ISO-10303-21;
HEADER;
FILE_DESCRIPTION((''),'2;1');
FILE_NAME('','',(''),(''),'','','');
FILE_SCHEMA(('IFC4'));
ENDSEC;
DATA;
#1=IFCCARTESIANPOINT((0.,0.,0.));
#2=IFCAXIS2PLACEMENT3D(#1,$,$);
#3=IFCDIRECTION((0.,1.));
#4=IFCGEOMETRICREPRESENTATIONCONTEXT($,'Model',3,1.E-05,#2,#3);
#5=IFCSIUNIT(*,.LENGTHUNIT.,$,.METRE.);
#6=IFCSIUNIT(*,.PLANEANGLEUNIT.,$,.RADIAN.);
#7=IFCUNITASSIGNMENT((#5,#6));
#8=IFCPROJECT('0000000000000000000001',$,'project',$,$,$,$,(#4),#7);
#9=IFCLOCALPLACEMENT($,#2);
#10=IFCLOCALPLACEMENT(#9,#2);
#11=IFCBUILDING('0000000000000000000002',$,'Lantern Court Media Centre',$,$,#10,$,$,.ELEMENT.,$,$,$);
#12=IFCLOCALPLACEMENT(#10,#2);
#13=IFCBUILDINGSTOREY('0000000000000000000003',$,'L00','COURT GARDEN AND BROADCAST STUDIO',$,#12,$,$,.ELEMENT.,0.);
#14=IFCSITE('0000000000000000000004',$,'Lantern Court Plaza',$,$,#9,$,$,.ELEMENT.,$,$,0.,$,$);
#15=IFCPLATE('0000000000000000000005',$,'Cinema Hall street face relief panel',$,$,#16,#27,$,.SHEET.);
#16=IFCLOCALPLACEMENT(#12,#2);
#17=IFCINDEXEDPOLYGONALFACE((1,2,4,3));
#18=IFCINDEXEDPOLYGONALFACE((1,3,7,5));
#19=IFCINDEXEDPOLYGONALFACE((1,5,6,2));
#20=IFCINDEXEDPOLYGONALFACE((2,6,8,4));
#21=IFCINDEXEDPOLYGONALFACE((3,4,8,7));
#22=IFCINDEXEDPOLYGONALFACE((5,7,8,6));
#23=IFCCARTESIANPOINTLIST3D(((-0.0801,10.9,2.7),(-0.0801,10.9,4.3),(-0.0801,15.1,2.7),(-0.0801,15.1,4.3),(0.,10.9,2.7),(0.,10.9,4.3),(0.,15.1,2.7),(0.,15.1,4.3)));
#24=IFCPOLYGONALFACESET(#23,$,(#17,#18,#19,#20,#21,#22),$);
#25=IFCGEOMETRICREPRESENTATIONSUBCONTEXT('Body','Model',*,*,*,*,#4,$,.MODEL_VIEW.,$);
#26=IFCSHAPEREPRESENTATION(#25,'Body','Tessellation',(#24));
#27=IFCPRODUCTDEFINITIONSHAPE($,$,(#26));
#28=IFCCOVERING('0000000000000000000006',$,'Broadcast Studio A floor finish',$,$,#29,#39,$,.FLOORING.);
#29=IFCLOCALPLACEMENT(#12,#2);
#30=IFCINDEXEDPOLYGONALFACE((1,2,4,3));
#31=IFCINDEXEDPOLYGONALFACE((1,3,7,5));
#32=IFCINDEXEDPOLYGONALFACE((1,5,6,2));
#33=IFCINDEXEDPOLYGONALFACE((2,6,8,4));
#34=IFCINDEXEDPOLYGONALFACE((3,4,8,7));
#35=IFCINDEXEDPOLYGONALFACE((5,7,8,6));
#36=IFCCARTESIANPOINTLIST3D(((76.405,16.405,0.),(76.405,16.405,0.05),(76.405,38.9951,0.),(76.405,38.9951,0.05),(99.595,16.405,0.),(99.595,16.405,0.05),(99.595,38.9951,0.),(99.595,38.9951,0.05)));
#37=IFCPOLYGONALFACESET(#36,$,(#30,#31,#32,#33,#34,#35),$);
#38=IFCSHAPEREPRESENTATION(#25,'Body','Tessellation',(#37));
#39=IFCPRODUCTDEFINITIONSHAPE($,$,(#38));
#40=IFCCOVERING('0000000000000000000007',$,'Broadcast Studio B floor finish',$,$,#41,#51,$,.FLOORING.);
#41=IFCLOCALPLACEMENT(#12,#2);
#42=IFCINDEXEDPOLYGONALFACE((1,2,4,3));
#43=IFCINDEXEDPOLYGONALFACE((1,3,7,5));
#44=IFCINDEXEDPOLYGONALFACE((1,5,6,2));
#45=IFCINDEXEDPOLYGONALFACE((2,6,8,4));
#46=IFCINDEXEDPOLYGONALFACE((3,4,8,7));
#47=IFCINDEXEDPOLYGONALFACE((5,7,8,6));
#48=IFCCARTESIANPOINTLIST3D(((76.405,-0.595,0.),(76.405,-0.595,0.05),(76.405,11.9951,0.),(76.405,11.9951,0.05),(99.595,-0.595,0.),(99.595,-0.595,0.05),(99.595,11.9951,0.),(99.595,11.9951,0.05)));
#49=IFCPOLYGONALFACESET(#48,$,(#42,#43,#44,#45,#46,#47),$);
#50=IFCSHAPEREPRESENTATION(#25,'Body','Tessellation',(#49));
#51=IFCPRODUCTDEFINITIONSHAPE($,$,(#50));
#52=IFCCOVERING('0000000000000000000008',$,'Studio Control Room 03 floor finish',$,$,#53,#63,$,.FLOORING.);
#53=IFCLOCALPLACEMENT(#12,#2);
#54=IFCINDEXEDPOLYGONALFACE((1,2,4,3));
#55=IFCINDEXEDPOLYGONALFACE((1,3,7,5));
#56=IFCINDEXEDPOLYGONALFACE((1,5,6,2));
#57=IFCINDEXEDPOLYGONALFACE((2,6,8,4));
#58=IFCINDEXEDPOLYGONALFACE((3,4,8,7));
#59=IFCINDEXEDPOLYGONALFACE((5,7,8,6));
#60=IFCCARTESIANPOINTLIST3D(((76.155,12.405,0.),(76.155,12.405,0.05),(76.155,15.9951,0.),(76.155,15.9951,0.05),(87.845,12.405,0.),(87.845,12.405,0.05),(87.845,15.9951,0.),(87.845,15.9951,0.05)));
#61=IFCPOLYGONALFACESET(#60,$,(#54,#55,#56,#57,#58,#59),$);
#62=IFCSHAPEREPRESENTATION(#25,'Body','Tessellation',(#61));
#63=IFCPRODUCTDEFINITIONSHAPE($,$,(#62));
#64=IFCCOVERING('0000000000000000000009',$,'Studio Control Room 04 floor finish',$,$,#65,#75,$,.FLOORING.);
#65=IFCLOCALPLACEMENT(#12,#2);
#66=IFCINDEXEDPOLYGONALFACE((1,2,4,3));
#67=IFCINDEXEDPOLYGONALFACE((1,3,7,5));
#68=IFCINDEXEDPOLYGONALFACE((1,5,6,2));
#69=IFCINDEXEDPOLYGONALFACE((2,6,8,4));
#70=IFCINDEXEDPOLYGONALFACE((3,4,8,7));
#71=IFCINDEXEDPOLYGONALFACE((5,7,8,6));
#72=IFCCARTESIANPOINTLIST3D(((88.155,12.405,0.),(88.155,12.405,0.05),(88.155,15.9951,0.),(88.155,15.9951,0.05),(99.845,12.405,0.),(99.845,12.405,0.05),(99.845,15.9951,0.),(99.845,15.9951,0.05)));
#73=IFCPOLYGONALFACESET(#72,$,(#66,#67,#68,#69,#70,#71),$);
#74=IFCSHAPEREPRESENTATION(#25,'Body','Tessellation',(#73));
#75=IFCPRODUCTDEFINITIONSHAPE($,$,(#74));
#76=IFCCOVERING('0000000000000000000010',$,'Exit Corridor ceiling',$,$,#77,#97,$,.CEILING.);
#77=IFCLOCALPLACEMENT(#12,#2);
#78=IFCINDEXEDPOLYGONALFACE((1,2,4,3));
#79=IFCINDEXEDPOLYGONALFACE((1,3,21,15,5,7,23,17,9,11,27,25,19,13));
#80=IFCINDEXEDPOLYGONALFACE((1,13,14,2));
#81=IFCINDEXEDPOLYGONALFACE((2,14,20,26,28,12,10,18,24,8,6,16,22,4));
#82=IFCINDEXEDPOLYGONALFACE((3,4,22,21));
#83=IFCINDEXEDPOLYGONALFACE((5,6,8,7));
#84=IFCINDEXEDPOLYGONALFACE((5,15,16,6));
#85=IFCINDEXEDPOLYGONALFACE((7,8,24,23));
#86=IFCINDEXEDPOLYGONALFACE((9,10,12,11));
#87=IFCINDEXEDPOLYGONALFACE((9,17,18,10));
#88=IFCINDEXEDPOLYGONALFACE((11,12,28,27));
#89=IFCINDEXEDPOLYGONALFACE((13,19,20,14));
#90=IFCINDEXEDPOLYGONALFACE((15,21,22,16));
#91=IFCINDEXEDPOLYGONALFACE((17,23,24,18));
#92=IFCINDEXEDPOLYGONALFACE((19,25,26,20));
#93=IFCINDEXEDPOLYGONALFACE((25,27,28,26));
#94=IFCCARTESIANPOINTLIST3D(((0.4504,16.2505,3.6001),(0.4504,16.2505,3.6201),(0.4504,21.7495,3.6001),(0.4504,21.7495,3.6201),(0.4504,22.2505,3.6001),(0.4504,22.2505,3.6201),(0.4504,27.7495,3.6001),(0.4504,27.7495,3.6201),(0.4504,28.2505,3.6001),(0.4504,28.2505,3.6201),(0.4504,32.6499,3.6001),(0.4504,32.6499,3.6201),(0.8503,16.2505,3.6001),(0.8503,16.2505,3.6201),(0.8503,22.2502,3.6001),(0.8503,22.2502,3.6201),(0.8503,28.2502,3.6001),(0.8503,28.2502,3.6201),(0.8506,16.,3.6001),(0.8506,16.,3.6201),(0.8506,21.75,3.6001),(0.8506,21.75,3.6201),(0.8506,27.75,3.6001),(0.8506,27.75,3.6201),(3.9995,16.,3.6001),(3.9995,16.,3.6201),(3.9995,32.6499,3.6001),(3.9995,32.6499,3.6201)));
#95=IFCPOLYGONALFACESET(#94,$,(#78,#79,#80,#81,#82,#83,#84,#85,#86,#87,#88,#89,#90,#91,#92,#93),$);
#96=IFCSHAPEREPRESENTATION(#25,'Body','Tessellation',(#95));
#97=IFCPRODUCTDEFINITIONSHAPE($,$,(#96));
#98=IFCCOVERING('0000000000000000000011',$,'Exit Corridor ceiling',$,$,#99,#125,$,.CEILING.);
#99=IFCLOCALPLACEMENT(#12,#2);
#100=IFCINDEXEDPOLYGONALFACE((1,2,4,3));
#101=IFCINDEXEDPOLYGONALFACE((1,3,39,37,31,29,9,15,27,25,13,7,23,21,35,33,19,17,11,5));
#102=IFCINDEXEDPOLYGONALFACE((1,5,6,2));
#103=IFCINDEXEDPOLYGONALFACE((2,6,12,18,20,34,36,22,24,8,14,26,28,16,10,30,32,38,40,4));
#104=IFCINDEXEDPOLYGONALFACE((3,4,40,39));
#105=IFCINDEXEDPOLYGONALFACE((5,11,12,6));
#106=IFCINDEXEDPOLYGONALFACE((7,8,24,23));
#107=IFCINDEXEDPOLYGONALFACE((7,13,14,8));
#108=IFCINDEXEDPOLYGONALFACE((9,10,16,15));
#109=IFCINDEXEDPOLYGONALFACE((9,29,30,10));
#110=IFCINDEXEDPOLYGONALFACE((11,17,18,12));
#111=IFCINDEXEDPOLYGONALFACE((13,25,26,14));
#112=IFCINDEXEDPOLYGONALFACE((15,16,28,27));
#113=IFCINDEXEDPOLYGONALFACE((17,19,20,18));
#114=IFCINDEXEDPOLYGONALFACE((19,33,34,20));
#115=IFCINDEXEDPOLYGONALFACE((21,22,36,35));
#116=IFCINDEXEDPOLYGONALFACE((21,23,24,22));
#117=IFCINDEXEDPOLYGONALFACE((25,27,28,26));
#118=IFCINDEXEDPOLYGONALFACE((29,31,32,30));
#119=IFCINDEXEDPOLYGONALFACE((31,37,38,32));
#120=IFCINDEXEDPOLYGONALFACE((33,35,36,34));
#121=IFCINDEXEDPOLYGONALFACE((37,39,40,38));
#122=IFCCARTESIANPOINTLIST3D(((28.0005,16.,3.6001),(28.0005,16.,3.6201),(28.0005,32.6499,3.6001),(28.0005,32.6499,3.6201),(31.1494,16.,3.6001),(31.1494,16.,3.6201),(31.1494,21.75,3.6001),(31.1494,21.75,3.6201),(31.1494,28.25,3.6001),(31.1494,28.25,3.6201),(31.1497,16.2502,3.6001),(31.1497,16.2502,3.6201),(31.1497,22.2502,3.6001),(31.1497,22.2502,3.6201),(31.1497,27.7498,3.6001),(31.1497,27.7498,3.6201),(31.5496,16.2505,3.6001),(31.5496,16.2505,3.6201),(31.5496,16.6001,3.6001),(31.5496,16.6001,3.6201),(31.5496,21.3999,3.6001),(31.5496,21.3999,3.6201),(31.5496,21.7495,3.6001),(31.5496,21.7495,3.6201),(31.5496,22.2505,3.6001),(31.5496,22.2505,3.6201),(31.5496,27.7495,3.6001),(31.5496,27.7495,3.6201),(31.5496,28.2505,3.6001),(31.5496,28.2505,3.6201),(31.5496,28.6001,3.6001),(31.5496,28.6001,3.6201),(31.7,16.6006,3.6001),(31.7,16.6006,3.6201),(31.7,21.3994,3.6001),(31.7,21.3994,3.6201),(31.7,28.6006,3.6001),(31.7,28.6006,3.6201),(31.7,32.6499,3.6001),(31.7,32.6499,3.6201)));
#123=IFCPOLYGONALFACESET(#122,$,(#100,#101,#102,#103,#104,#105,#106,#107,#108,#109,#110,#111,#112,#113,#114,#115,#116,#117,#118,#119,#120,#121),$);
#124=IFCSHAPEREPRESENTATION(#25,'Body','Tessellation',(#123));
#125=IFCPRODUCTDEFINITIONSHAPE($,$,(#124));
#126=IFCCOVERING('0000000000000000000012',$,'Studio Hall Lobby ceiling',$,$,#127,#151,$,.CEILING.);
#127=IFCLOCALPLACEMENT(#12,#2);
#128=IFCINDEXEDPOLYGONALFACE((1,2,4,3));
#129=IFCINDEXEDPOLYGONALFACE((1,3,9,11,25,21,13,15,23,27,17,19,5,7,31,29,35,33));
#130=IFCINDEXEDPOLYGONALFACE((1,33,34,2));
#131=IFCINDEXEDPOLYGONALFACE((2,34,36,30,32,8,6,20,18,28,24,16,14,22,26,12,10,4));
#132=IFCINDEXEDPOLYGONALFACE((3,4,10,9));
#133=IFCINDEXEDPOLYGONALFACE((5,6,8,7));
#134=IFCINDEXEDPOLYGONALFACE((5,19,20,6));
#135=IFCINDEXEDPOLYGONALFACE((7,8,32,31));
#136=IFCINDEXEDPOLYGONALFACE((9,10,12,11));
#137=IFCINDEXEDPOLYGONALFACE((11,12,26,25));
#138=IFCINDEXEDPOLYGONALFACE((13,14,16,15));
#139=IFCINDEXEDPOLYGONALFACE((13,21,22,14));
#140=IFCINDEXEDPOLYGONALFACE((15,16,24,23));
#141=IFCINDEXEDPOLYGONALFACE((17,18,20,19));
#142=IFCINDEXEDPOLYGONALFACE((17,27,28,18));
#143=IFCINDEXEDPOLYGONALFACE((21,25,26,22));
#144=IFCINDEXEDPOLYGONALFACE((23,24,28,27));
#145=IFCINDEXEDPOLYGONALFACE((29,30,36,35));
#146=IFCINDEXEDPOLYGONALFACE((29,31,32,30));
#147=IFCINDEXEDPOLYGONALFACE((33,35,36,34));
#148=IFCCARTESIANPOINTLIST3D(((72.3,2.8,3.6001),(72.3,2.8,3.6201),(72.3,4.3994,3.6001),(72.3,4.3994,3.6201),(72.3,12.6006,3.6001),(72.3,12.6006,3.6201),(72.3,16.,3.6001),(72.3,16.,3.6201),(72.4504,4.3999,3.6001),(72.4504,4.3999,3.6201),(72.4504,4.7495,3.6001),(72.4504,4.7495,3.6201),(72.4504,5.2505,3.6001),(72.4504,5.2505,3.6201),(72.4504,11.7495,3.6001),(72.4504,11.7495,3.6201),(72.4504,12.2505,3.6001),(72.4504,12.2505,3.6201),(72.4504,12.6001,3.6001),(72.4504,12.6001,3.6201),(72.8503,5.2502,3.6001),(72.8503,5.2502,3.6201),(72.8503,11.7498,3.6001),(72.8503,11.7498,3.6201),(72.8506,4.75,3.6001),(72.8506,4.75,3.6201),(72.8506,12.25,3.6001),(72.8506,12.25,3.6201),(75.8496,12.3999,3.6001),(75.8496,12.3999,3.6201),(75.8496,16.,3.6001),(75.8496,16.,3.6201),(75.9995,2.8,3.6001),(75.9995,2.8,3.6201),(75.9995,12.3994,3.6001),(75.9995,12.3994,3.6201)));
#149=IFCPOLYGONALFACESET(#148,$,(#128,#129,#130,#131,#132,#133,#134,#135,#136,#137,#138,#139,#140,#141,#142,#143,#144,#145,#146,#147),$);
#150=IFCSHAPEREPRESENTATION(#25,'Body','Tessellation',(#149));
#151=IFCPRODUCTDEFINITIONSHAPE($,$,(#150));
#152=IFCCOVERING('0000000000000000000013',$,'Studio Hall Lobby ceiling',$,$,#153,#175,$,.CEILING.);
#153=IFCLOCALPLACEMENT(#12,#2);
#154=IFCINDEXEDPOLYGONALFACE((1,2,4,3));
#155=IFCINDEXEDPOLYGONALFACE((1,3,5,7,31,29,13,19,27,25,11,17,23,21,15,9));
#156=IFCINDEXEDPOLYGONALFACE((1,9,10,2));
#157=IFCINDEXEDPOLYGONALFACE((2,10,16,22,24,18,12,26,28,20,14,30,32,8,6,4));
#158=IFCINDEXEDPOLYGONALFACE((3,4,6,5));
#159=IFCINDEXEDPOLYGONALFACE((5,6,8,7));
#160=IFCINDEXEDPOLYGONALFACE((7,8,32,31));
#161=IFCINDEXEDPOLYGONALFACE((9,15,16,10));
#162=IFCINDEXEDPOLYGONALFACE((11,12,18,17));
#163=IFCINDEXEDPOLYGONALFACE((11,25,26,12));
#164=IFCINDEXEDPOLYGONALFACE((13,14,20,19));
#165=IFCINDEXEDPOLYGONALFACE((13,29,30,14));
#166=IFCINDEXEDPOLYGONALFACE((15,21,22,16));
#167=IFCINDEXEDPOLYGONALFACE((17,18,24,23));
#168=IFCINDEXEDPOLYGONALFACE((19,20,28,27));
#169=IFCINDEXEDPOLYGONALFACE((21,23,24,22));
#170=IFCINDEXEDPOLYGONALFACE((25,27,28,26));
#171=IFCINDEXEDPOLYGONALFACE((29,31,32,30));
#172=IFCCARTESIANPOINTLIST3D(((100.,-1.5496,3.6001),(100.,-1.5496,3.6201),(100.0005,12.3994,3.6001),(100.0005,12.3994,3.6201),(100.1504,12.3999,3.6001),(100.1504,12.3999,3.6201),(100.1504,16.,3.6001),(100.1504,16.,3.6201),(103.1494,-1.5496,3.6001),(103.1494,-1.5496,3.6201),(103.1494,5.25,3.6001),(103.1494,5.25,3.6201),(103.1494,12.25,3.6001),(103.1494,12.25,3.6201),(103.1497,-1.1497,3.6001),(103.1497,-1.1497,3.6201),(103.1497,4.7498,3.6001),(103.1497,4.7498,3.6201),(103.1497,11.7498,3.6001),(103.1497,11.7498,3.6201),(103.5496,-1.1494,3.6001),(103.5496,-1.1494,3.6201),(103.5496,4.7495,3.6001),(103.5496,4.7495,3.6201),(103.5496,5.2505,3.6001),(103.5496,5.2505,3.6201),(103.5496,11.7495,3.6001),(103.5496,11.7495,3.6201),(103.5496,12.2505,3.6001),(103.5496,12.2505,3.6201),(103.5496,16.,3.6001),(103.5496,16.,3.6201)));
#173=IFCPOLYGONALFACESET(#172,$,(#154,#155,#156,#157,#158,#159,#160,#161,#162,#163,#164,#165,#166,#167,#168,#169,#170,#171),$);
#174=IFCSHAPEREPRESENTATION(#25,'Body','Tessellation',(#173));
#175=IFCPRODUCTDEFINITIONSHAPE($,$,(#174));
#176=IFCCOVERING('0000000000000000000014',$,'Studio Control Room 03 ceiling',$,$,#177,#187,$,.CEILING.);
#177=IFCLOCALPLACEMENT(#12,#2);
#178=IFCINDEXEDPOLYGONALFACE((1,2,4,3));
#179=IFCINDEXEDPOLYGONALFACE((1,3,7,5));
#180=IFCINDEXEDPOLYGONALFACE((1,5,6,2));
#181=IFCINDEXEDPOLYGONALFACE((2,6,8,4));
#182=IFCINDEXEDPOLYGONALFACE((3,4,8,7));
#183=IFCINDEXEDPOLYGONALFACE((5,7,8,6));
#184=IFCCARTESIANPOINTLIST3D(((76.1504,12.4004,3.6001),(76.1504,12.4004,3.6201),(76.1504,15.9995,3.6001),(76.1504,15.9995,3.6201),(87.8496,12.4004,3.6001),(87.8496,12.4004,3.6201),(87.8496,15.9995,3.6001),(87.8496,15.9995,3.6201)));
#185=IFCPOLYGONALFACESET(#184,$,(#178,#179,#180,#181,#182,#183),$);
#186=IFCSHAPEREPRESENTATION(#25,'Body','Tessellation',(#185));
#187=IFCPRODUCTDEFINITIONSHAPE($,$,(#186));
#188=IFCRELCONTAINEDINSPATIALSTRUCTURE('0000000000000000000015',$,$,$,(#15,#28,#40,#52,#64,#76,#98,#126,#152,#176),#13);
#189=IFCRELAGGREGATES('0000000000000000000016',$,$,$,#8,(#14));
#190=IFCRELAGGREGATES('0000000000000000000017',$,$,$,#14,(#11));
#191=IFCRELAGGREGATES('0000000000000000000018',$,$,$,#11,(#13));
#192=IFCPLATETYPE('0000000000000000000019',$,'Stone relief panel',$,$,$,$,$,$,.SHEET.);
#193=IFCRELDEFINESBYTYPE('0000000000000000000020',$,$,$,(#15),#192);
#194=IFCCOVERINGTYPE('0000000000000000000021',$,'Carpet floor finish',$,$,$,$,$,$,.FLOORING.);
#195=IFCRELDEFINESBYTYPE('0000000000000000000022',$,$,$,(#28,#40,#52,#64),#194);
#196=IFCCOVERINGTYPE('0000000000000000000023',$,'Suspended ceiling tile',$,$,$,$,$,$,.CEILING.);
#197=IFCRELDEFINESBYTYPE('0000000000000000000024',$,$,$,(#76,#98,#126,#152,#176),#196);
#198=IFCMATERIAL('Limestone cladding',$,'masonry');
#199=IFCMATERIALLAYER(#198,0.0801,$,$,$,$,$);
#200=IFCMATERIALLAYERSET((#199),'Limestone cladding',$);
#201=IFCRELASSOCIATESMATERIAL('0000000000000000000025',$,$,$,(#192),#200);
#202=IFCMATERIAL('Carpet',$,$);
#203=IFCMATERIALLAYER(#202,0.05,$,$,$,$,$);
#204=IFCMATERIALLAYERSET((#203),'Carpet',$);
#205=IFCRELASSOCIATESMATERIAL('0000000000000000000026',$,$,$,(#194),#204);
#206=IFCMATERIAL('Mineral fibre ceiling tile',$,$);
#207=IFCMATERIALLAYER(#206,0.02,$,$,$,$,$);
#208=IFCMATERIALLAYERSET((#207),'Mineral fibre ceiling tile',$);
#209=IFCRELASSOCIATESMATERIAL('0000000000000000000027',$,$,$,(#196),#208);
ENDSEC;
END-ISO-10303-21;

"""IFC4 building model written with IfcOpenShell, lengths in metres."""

from ifc_helpers import new_model, si_unit, direction, frame, origin, origin_2d, place, context, subcontext, project, spatial, polyline, rectangle, outline, extrude, material, layer, layer_set, type_object, element, save


model = new_model("IFC4")

# Units and contexts
model_context = context("Model", 3, precision=1e-05, world=origin(), true_north=direction((0.0, 1.0)))
body_context = subcontext(model_context, "Body", "Model", "MODEL_VIEW")
ifc_project = project(units=[si_unit("LENGTHUNIT", "METRE"), si_unit("PLANEANGLEUNIT", "RADIAN")], contexts=[model_context])

# Site, building, storey
site_placement = place(None, origin())
site = spatial("IfcSite", under=ifc_project, at=site_placement, Name="Lantern Court Plaza", CompositionType="ELEMENT", RefElevation=0.0)
building_placement = place(site_placement, origin())
building = spatial("IfcBuilding", under=site, at=building_placement, Name="Lantern Court Media Centre", CompositionType="ELEMENT")
storey_placement = place(building_placement, origin())
storey = spatial("IfcBuildingStorey", under=building, at=storey_placement, Name="L00", Description="COURT GARDEN AND BROADCAST STUDIO", CompositionType="ELEMENT", Elevation=0.0)

# Plate
ifc_material_1 = material(Name="Limestone cladding", Category="masonry")
ifc_layer_1 = layer(ifc_material_1, 0.0801)
ifc_layer_set_1 = layer_set([ifc_layer_1], Name="Limestone cladding")
plate_type = type_object("IfcPlateType", Name="Stone relief panel", PredefinedType="SHEET", material=ifc_layer_set_1)
plate_1_placement = place(storey_placement, frame((-0.04, 13.0, 2.7), z_axis=(0.0, 0.0, 1.0), x_axis=(1.0, 0.0, 0.0)))
element("IfcPlate", 1, at=plate_1_placement, inside=storey, type_object=plate_type, Name="Cinema Hall street face relief panel", PredefinedType="SHEET", context=body_context, shape_type="SweptSolid", body=[
    extrude(rectangle(XDim=0.0801, YDim=4.2, at=origin_2d()), origin(), (0.0, 0.0, 1.0), 1.6001),
])

# Coverings
ifc_material_2 = material(Name="Carpet")
ifc_layer_2 = layer(ifc_material_2, 0.05)
ifc_layer_set_2 = layer_set([ifc_layer_2], Name="Carpet")
covering_type_1 = type_object("IfcCoveringType", Name="Carpet floor finish", PredefinedType="FLOORING", material=ifc_layer_set_2)
covering_1_placement = place(storey_placement, origin())
element("IfcCovering", 2, at=covering_1_placement, inside=storey, type_object=covering_type_1, Name="Broadcast Studio A floor finish", PredefinedType="FLOORING", context=body_context, shape_type="SweptSolid", body=[
    extrude(outline(polyline([(76.405, 16.405), (76.405, 38.9951), (99.595, 38.9951), (99.595, 16.405), (76.405, 16.405)])), origin(), (0.0, 0.0, 1.0), 0.05),
])
covering_2_placement = place(storey_placement, origin())
element("IfcCovering", 3, at=covering_2_placement, inside=storey, type_object=covering_type_1, Name="Broadcast Studio B floor finish", PredefinedType="FLOORING", context=body_context, shape_type="SweptSolid", body=[
    extrude(outline(polyline([(76.405, 11.9951), (99.595, 11.9951), (99.595, -0.595), (76.405, -0.595), (76.405, 11.9951)])), origin(), (0.0, 0.0, 1.0), 0.05),
])
covering_3_placement = place(storey_placement, origin())
element("IfcCovering", 4, at=covering_3_placement, inside=storey, type_object=covering_type_1, Name="Studio Control Room 03 floor finish", PredefinedType="FLOORING", context=body_context, shape_type="SweptSolid", body=[
    extrude(outline(polyline([(76.155, 12.405), (76.155, 15.9951), (87.845, 15.9951), (87.845, 12.405), (76.155, 12.405)])), origin(), (0.0, 0.0, 1.0), 0.05),
])
covering_4_placement = place(storey_placement, origin())
element("IfcCovering", 5, at=covering_4_placement, inside=storey, type_object=covering_type_1, Name="Studio Control Room 04 floor finish", PredefinedType="FLOORING", context=body_context, shape_type="SweptSolid", body=[
    extrude(outline(polyline([(88.155, 12.405), (88.155, 15.9951), (99.845, 15.9951), (99.845, 12.405), (88.155, 12.405)])), origin(), (0.0, 0.0, 1.0), 0.05),
])
ifc_material_3 = material(Name="Mineral fibre ceiling tile")
ifc_layer_3 = layer(ifc_material_3, 0.02)
ifc_layer_set_3 = layer_set([ifc_layer_3], Name="Mineral fibre ceiling tile")
covering_type_2 = type_object("IfcCoveringType", Name="Suspended ceiling tile", PredefinedType="CEILING", material=ifc_layer_set_3)
covering_5_placement = place(storey_placement, frame((0.0, 0.0, 3.6001)))
element("IfcCovering", 6, at=covering_5_placement, inside=storey, type_object=covering_type_2, Name="Exit Corridor ceiling", PredefinedType="CEILING", context=body_context, shape_type="SweptSolid", body=[
    extrude(outline(polyline([(3.9995, 32.6499), (3.9995, 16.0), (0.8506, 16.0), (0.8503, 16.2505), (0.4504, 16.2505), (0.4504, 21.7495), (0.8506, 21.75), (0.8503, 22.2502), (0.4504, 22.2505), (0.4504, 27.7495), (0.8506, 27.75), (0.8503, 28.2502), (0.4504, 28.2505), (0.4504, 32.6499), (3.9995, 32.6499)])), origin(), (0.0, 0.0, 1.0), 0.02),
])
covering_6_placement = place(storey_placement, frame((0.0, 0.0, 3.6001)))
element("IfcCovering", 7, at=covering_6_placement, inside=storey, type_object=covering_type_2, Name="Exit Corridor ceiling", PredefinedType="CEILING", context=body_context, shape_type="SweptSolid", body=[
    extrude(outline(polyline([(31.7, 16.6006), (31.5496, 16.6001), (31.5496, 16.2505), (31.1497, 16.2502), (31.1494, 16.0), (28.0005, 16.0), (28.0005, 32.6499), (31.7, 32.6499), (31.7, 28.6006), (31.5496, 28.6001), (31.5496, 28.2505), (31.1494, 28.25), (31.1497, 27.7498), (31.5496, 27.7495), (31.5496, 22.2505), (31.1497, 22.2502), (31.1494, 21.75), (31.5496, 21.7495), (31.5496, 21.3999), (31.7, 21.3994), (31.7, 16.6006)])), origin(), (0.0, 0.0, 1.0), 0.02),
])
covering_7_placement = place(storey_placement, frame((0.0, 0.0, 3.6001)))
element("IfcCovering", 8, at=covering_7_placement, inside=storey, type_object=covering_type_2, Name="Studio Hall Lobby ceiling", PredefinedType="CEILING", context=body_context, shape_type="SweptSolid", body=[
    extrude(outline(polyline([(72.3, 16.0), (75.8496, 16.0), (75.8496, 12.3999), (75.9995, 12.3994), (75.9995, 2.8), (72.3, 2.8), (72.3, 4.3994), (72.4504, 4.3999), (72.4504, 4.7495), (72.8506, 4.75), (72.8503, 5.2502), (72.4504, 5.2505), (72.4504, 11.7495), (72.8503, 11.7498), (72.8506, 12.25), (72.4504, 12.2505), (72.4504, 12.6001), (72.3, 12.6006), (72.3, 16.0)])), origin(), (0.0, 0.0, 1.0), 0.02),
])
covering_8_placement = place(storey_placement, frame((0.0, 0.0, 3.6001)))
element("IfcCovering", 9, at=covering_8_placement, inside=storey, type_object=covering_type_2, Name="Studio Hall Lobby ceiling", PredefinedType="CEILING", context=body_context, shape_type="SweptSolid", body=[
    extrude(outline(polyline([(103.5496, 16.0), (103.5496, 12.2505), (103.1494, 12.25), (103.1497, 11.7498), (103.5496, 11.7495), (103.5496, 5.2505), (103.1494, 5.25), (103.1497, 4.7498), (103.5496, 4.7495), (103.5496, -1.1494), (103.1497, -1.1497), (103.1494, -1.5496), (100.0, -1.5496), (100.0005, 12.3994), (100.1504, 12.3999), (100.1504, 16.0), (103.5496, 16.0)])), origin(), (0.0, 0.0, 1.0), 0.02),
])
covering_9_placement = place(storey_placement, frame((0.0, 0.0, 3.6001)))
element("IfcCovering", 10, at=covering_9_placement, inside=storey, type_object=covering_type_2, Name="Studio Control Room 03 ceiling", PredefinedType="CEILING", context=body_context, shape_type="SweptSolid", body=[
    extrude(outline(polyline([(76.1504, 12.4004), (76.1504, 15.9995), (87.8496, 15.9995), (87.8496, 12.4004), (76.1504, 12.4004)])), origin(), (0.0, 0.0, 1.0), 0.02),
])

save(model, "model.ifc")
